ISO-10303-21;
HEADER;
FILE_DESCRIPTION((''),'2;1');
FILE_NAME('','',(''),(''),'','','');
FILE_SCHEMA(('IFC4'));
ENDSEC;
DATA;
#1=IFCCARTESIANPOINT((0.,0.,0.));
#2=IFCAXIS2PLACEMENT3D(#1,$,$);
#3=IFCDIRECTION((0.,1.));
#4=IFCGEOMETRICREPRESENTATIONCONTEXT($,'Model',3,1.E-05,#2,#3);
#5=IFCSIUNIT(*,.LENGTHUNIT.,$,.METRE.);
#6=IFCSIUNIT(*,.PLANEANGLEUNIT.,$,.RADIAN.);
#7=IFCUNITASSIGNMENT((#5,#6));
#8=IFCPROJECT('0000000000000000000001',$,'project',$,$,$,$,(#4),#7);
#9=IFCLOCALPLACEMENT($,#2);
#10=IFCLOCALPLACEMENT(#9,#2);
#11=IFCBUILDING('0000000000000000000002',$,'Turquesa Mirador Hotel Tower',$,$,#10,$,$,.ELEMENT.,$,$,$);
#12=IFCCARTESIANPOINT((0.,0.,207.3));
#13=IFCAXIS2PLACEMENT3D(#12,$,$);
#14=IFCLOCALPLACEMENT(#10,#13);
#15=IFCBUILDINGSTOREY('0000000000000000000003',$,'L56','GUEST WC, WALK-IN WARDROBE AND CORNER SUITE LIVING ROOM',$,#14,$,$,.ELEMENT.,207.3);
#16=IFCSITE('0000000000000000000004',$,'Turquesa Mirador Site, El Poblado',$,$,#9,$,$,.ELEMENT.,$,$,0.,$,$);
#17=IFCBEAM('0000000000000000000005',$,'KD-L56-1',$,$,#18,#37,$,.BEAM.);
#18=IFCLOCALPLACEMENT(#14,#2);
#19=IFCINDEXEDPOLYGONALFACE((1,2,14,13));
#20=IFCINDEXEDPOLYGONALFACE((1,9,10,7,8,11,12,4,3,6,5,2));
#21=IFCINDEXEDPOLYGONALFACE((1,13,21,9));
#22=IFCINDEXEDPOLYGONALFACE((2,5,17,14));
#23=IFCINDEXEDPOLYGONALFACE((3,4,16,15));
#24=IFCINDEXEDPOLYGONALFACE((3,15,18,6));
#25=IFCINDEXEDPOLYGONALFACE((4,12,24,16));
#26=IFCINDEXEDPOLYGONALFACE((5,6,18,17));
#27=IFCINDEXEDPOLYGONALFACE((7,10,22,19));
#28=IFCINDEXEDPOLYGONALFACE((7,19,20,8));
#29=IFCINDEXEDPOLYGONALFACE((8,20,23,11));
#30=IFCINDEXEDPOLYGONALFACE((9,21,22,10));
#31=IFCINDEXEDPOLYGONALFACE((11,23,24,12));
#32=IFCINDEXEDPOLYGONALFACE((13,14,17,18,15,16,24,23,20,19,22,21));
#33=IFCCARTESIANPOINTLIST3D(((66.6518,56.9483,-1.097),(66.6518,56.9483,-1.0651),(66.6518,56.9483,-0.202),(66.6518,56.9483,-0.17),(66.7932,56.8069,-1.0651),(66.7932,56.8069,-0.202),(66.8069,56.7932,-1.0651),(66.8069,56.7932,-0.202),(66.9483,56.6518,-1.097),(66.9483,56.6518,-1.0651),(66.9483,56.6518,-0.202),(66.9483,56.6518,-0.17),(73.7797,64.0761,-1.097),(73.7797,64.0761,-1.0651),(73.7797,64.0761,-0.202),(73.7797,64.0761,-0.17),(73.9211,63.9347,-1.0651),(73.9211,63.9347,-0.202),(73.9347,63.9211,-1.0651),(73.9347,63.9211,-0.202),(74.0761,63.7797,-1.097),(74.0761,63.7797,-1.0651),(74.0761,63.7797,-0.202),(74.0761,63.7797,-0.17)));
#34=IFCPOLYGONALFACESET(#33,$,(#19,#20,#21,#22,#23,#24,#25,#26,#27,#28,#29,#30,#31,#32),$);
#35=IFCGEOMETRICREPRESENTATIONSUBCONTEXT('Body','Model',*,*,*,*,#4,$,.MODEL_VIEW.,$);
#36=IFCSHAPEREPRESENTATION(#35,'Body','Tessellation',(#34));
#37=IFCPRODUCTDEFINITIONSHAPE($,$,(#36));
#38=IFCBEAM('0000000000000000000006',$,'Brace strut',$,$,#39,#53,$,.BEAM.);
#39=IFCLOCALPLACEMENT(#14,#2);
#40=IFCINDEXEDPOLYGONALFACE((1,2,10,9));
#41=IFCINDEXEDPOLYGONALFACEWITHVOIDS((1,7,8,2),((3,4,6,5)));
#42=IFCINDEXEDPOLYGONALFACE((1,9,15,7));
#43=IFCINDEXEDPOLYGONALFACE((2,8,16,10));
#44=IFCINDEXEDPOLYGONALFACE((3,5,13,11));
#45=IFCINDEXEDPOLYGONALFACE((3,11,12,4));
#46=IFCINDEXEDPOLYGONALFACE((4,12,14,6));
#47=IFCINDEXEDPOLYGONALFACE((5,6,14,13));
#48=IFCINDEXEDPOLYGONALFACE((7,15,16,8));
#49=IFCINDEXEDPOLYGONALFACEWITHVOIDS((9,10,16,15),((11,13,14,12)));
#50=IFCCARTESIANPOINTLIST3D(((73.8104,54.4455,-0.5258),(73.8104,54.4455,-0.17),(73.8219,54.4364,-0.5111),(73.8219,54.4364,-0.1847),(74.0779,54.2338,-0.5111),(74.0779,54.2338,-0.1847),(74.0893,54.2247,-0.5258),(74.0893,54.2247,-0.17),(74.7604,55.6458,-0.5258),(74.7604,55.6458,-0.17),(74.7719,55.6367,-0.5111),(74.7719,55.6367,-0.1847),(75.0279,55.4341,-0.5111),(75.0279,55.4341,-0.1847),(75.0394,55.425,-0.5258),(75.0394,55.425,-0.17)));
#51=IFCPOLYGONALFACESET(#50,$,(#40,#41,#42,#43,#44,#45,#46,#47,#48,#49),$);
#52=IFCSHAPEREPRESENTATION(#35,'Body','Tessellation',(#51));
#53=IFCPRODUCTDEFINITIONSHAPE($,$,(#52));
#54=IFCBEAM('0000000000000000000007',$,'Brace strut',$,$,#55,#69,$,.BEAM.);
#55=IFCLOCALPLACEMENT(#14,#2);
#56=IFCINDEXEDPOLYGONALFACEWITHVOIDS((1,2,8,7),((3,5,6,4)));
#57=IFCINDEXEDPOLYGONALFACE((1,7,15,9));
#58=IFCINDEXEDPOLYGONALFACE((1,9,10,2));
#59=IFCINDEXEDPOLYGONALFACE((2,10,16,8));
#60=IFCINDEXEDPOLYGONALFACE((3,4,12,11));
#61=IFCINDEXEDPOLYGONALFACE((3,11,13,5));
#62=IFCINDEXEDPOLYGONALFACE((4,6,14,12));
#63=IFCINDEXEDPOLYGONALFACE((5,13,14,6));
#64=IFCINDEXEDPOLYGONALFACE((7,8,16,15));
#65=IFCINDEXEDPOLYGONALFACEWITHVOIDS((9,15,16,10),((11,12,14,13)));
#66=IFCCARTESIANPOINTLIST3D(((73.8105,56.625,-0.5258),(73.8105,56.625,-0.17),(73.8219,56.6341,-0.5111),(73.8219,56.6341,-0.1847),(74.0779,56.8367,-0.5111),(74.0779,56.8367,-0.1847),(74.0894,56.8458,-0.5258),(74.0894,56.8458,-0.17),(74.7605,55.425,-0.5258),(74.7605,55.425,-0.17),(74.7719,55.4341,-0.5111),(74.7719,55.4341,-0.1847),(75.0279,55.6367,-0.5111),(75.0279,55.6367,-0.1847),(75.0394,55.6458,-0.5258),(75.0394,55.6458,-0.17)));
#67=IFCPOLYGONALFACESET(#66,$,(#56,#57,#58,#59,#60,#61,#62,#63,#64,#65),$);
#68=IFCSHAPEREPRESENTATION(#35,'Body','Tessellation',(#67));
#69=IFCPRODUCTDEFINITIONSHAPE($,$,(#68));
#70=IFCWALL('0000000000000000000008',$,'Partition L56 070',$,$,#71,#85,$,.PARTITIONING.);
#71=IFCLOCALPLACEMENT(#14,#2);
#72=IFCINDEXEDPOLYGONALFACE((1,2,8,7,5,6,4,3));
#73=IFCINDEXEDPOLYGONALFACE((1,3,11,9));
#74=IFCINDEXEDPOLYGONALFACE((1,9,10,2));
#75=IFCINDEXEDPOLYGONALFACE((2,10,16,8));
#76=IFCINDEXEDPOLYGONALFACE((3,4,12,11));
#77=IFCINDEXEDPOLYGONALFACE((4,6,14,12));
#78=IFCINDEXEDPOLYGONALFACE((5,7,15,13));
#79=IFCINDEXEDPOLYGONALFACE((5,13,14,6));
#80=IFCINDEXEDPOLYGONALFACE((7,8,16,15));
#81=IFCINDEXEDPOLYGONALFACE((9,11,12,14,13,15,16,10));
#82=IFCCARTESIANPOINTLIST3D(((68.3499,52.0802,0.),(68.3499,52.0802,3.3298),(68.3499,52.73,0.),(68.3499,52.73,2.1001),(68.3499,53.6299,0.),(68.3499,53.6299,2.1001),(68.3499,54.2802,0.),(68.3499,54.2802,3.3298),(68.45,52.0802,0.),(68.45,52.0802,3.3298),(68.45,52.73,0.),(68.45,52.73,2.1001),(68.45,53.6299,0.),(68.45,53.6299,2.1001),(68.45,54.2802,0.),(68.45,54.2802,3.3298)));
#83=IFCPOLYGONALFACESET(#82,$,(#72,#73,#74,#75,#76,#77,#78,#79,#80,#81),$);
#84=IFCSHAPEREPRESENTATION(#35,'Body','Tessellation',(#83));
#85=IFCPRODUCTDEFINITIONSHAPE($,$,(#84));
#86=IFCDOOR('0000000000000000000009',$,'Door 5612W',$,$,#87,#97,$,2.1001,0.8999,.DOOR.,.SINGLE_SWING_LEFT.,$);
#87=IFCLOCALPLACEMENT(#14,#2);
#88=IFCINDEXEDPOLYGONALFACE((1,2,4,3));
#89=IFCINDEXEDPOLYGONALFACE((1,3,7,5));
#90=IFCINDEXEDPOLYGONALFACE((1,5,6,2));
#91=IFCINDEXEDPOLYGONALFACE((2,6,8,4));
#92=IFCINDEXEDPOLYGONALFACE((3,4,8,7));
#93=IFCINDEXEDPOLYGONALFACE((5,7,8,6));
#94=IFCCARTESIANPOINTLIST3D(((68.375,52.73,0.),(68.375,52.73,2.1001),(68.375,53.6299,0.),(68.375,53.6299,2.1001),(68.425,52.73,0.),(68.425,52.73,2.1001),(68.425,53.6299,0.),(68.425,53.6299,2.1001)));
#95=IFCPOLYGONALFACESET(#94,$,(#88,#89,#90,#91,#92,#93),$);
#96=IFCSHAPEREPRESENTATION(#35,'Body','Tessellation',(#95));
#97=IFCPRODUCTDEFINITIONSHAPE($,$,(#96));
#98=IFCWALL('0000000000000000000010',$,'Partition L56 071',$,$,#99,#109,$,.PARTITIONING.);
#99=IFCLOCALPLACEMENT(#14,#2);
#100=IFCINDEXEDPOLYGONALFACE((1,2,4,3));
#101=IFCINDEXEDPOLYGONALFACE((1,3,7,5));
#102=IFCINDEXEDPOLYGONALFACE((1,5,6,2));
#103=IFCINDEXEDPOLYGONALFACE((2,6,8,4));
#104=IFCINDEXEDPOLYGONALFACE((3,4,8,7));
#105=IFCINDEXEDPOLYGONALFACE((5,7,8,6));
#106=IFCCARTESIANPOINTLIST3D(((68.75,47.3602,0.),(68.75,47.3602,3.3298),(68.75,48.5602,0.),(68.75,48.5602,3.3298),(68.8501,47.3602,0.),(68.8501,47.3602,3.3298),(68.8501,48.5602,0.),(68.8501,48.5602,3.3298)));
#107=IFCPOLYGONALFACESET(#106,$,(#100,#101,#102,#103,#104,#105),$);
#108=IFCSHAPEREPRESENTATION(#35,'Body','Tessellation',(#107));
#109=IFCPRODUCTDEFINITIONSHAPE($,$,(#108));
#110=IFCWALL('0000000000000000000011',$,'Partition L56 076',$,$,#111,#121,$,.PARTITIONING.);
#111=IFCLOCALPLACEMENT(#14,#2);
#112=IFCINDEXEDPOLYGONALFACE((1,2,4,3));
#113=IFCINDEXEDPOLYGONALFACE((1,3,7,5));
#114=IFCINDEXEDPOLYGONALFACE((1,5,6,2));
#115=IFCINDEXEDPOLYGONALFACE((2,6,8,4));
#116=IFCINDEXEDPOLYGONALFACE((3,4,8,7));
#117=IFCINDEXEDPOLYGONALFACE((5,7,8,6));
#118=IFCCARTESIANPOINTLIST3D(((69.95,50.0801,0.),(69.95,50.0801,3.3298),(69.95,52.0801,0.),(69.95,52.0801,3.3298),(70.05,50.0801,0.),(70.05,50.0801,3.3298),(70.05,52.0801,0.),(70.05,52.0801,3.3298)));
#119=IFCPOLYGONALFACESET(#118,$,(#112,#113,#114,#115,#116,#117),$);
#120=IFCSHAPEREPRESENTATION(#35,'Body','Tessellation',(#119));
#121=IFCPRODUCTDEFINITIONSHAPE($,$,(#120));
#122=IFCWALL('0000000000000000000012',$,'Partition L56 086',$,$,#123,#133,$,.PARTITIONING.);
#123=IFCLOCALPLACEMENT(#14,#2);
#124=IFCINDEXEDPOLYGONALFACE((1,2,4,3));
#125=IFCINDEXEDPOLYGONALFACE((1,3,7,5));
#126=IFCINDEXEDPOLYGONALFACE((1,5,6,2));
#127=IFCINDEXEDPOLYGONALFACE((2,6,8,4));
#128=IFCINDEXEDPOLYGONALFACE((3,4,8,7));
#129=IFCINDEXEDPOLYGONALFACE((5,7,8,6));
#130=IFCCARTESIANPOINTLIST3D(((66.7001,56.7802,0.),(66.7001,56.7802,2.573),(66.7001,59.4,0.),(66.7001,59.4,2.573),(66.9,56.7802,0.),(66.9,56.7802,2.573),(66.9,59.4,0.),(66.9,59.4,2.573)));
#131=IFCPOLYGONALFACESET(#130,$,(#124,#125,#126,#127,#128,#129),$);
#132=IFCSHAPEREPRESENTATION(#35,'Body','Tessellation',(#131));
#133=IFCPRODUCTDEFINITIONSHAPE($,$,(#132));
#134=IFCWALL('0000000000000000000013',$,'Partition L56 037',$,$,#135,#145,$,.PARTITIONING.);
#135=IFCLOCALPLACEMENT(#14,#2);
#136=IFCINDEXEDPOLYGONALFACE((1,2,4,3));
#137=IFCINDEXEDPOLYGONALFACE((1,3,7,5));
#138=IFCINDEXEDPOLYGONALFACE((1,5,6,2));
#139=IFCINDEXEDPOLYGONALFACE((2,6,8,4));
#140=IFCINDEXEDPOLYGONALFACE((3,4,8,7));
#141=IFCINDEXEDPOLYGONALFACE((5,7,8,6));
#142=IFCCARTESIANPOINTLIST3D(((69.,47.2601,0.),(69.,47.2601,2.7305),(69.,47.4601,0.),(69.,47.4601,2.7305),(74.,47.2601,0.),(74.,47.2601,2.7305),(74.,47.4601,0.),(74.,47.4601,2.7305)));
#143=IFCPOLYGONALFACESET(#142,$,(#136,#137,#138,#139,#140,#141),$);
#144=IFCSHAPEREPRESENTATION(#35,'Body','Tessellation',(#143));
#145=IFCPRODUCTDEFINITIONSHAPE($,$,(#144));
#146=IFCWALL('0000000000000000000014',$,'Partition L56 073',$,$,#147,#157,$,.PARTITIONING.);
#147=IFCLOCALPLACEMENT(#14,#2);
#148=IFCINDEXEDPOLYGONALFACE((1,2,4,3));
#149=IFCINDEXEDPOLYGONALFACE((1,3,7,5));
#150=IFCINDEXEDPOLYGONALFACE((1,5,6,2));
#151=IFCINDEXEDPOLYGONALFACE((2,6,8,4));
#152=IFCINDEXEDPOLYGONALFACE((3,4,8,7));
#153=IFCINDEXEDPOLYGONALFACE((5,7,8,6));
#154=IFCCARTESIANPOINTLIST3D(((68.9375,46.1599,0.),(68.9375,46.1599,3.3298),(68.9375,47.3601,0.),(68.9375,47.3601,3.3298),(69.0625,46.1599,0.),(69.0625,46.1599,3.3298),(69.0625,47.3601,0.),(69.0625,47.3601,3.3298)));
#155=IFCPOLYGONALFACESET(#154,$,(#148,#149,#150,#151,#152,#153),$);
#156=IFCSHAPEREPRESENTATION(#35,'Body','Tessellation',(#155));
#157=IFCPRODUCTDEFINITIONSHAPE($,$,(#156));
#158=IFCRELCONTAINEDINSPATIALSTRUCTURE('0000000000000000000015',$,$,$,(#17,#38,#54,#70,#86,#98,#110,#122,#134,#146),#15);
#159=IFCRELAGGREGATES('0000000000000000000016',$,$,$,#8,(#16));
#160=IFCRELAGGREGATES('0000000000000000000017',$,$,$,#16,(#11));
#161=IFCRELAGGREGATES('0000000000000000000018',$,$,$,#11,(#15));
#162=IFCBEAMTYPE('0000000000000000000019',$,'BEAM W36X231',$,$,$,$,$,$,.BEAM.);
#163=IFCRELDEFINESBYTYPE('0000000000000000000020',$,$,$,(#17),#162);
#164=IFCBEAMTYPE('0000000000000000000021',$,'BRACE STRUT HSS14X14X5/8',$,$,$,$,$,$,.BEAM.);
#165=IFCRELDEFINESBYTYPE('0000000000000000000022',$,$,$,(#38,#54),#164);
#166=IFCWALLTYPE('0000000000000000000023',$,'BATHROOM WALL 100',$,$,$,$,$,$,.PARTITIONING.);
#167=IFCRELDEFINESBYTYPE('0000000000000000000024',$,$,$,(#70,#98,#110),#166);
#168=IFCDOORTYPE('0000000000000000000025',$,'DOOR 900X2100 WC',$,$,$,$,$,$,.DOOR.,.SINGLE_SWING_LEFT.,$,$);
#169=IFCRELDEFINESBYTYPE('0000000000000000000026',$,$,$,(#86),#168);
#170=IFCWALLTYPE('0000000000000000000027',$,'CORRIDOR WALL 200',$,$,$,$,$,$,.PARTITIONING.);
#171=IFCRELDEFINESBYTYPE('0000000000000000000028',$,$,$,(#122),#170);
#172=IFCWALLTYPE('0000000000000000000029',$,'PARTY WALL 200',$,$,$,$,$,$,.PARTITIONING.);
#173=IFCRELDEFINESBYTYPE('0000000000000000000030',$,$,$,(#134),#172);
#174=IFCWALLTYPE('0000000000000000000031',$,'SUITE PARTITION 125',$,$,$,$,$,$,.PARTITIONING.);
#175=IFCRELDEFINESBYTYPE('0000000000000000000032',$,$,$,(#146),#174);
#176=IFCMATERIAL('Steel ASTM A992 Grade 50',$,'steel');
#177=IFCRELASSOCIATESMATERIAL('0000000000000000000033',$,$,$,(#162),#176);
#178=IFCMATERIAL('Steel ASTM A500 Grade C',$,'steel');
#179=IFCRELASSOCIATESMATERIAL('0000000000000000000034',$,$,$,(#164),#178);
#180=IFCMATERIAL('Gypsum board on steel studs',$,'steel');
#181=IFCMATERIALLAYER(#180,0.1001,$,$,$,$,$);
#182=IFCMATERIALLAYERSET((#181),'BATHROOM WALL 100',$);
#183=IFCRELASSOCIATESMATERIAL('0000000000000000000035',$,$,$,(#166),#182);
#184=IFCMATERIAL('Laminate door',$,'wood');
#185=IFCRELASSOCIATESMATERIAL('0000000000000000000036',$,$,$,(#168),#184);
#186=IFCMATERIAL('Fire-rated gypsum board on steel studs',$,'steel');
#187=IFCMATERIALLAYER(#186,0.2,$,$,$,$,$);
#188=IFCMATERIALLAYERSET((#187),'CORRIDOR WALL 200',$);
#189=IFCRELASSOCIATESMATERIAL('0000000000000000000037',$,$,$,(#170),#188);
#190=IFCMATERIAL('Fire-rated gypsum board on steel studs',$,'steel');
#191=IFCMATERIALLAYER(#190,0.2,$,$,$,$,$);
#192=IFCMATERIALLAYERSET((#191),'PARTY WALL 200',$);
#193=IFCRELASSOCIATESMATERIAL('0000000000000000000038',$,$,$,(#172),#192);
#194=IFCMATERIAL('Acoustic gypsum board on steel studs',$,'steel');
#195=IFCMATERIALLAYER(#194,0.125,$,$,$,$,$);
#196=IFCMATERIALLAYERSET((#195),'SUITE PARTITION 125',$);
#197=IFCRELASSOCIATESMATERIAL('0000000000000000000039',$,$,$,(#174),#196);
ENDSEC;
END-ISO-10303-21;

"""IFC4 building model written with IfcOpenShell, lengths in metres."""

from ifc_helpers import new_model, si_unit, direction, frame, frame_2d, origin, origin_2d, place, context, subcontext, project, spatial, rectangle, hollow_rectangle, i_section, extrude, material, layer, layer_set, material_profile, profile_set, type_object, element, fill, save


model = new_model("IFC4")

# Units and contexts
model_context = context("Model", 3, precision=1e-05, world=origin(), true_north=direction((0.0, 1.0)))
body_context = subcontext(model_context, "Body", "Model", "MODEL_VIEW")
ifc_project = project(units=[si_unit("LENGTHUNIT", "METRE"), si_unit("PLANEANGLEUNIT", "RADIAN")], contexts=[model_context])

# Site, building, storey
site_placement = place(None, origin())
site = spatial("IfcSite", under=ifc_project, at=site_placement, Name="Turquesa Mirador Site, El Poblado", CompositionType="ELEMENT", RefElevation=0.0)
building_placement = place(site_placement, origin())
building = spatial("IfcBuilding", under=site, at=building_placement, Name="Turquesa Mirador Hotel Tower", CompositionType="ELEMENT")
storey_placement = place(building_placement, frame((0.0, 0.0, 207.3)))
storey = spatial("IfcBuildingStorey", under=building, at=storey_placement, Name="L56", Description="GUEST WC, WALK-IN WARDROBE AND CORNER SUITE LIVING ROOM", CompositionType="ELEMENT", Elevation=207.3)

# Beams
ifc_material_1 = material(Name="Steel ASTM A992 Grade 50", Category="steel")
ifc_material_profile_1 = material_profile(ifc_material_1, i_section(OverallWidth=0.4192, OverallDepth=0.927, WebThickness=0.0193, FlangeThickness=0.032, at=origin_2d()), Name="W36X231")
ifc_profile_set_1 = profile_set([ifc_material_profile_1], Name="Steel ASTM A992 Grade 50")
beam_type_1 = type_object("IfcBeamType", Name="BEAM W36X231", PredefinedType="BEAM", material=ifc_profile_set_1)
beam_1_placement = place(storey_placement, frame((66.8, 56.8, -0.6335), z_axis=(0.707107, 0.707107, 0.0), x_axis=(-0.707107, 0.707107, 0.0)))
element("IfcBeam", 1, at=beam_1_placement, inside=storey, type_object=beam_type_1, Name="KD-L56-1", PredefinedType="BEAM", context=body_context, shape_type="SweptSolid", body=[
    extrude(i_section(OverallWidth=0.4192, OverallDepth=0.927, WebThickness=0.0193, FlangeThickness=0.032, at=origin_2d()), origin(), (0.0, 0.0, 1.0), 10.0803),
])
ifc_material_2 = material(Name="Steel ASTM A500 Grade C", Category="steel")
ifc_material_profile_2 = material_profile(ifc_material_2, hollow_rectangle(XDim=0.3557, YDim=0.3557, WallThickness=0.0146, at=origin_2d()), Name="HSS14X14X5/8")
ifc_profile_set_2 = profile_set([ifc_material_profile_2], Name="Steel ASTM A500 Grade C")
beam_type_2 = type_object("IfcBeamType", Name="BRACE STRUT HSS14X14X5/8", PredefinedType="BEAM", material=ifc_profile_set_2)
beam_2_placement = place(storey_placement, frame((74.8999, 55.5354, -0.3479), z_axis=(-0.620621, -0.784111, 0.0), x_axis=(0.784111, -0.620621, 0.0)))
element("IfcBeam", 2, at=beam_2_placement, inside=storey, type_object=beam_type_2, Name="Brace strut", PredefinedType="BEAM", context=body_context, shape_type="SweptSolid", body=[
    extrude(hollow_rectangle(XDim=0.3557, YDim=0.3557, WallThickness=0.0146, at=origin_2d()), origin(), (0.0, 0.0, 1.0), 1.5308),
])
beam_3_placement = place(storey_placement, frame((74.8999, 55.5354, -0.3479), z_axis=(-0.620699, 0.784049, 0.0), x_axis=(-0.784049, -0.620699, 0.0)))
element("IfcBeam", 3, at=beam_3_placement, inside=storey, type_object=beam_type_2, Name="Brace strut", PredefinedType="BEAM", context=body_context, shape_type="SweptSolid", body=[
    extrude(hollow_rectangle(XDim=0.3557, YDim=0.3557, WallThickness=0.0146, at=origin_2d()), origin(), (0.0, 0.0, 1.0), 1.5305),
])

# Wall, opening, door
ifc_material_3 = material(Name="Gypsum board on steel studs", Category="steel")
ifc_layer_1 = layer(ifc_material_3, 0.1001)
ifc_layer_set_1 = layer_set([ifc_layer_1], Name="BATHROOM WALL 100")
wall_type_1 = type_object("IfcWallType", Name="BATHROOM WALL 100", PredefinedType="PARTITIONING", material=ifc_layer_set_1)
wall_1_placement = place(storey_placement, frame((68.3999, 52.0801, 0.0), z_axis=(0.0, 0.0, 1.0), x_axis=(0.0, 1.0, 0.0)))
wall_1 = element("IfcWall", 4, at=wall_1_placement, inside=storey, type_object=wall_type_1, Name="Partition L56 070", PredefinedType="PARTITIONING", context=body_context, shape_type="SweptSolid", body=[
    extrude(rectangle(XDim=2.2, YDim=0.1001, at=frame_2d((1.1001, 0.0))), origin(), (0.0, 0.0, 1.0), 3.3298),
])
opening_placement = place(wall_1_placement, frame((0.6499, 0.0, 0.0)))
opening = element("IfcOpeningElement", 5, at=opening_placement, cuts=wall_1, PredefinedType="OPENING", context=body_context, shape_type="SweptSolid", body=[
    extrude(rectangle(XDim=0.8999, YDim=2.1001, at=frame_2d((0.45, 1.05))), frame((0.0, 0.0601, 0.0), z_axis=(0.0, -1.0, 0.0), x_axis=(1.0, 0.0, 0.0)), (0.0, 0.0, 1.0), 0.1201),
])
ifc_material_4 = material(Name="Laminate door", Category="wood")
door_type = type_object("IfcDoorType", Name="DOOR 900X2100 WC", OperationType="SINGLE_SWING_LEFT", PredefinedType="DOOR", material=ifc_material_4)
door_placement = place(opening_placement, origin())
door = element("IfcDoor", 6, at=door_placement, inside=storey, type_object=door_type, Name="Door 5612W", OperationType="SINGLE_SWING_LEFT", OverallHeight=2.1001, OverallWidth=0.8999, PredefinedType="DOOR", context=body_context, shape_type="SweptSolid", body=[
    extrude(rectangle(XDim=0.8999, YDim=2.1001, at=frame_2d((0.45, 1.05))), frame((0.0, 0.0249, 0.0), z_axis=(0.0, -1.0, 0.0), x_axis=(1.0, 0.0, 0.0)), (0.0, 0.0, 1.0), 0.05),
])
fill(opening, door)

# Walls
wall_2_placement = place(storey_placement, frame((68.8, 47.3601, 0.0), z_axis=(0.0, 0.0, 1.0), x_axis=(0.0, 1.0, 0.0)))
element("IfcWall", 7, at=wall_2_placement, inside=storey, type_object=wall_type_1, Name="Partition L56 071", PredefinedType="PARTITIONING", context=body_context, shape_type="SweptSolid", body=[
    extrude(rectangle(XDim=1.2, YDim=0.1001, at=frame_2d((0.6001, 0.0))), origin(), (0.0, 0.0, 1.0), 3.3298),
])
wall_3_placement = place(storey_placement, frame((70.0, 50.0801, 0.0), z_axis=(0.0, 0.0, 1.0), x_axis=(0.0, 1.0, 0.0)))
element("IfcWall", 8, at=wall_3_placement, inside=storey, type_object=wall_type_1, Name="Partition L56 076", PredefinedType="PARTITIONING", context=body_context, shape_type="SweptSolid", body=[
    extrude(rectangle(XDim=2.0, YDim=0.1001, at=frame_2d((1.0, 0.0))), origin(), (0.0, 0.0, 1.0), 3.3298),
])
ifc_material_5 = material(Name="Fire-rated gypsum board on steel studs", Category="steel")
ifc_layer_2 = layer(ifc_material_5, 0.2)
ifc_layer_set_2 = layer_set([ifc_layer_2], Name="CORRIDOR WALL 200")
wall_type_2 = type_object("IfcWallType", Name="CORRIDOR WALL 200", PredefinedType="PARTITIONING", material=ifc_layer_set_2)
wall_4_placement = place(storey_placement, frame((66.8, 56.78, 0.0), z_axis=(0.0, 0.0, 1.0), x_axis=(0.0, 1.0, 0.0)))
element("IfcWall", 9, at=wall_4_placement, inside=storey, type_object=wall_type_2, Name="Partition L56 086", PredefinedType="PARTITIONING", context=body_context, shape_type="SweptSolid", body=[
    extrude(rectangle(XDim=2.6199, YDim=0.2, at=frame_2d((1.3101, 0.0))), origin(), (0.0, 0.0, 1.0), 2.573),
])
ifc_material_6 = material(Name="Fire-rated gypsum board on steel studs", Category="steel")
ifc_layer_3 = layer(ifc_material_6, 0.2)
ifc_layer_set_3 = layer_set([ifc_layer_3], Name="PARTY WALL 200")
wall_type_3 = type_object("IfcWallType", Name="PARTY WALL 200", PredefinedType="PARTITIONING", material=ifc_layer_set_3)
wall_5_placement = place(storey_placement, frame((69.0, 47.3601, 0.0), z_axis=(0.0, 0.0, 1.0), x_axis=(1.0, 0.0, 0.0)))
element("IfcWall", 10, at=wall_5_placement, inside=storey, type_object=wall_type_3, Name="Partition L56 037", PredefinedType="PARTITIONING", context=body_context, shape_type="SweptSolid", body=[
    extrude(rectangle(XDim=5.0, YDim=0.2, at=frame_2d((2.5, 0.0))), origin(), (0.0, 0.0, 1.0), 2.7305),
])
ifc_material_7 = material(Name="Acoustic gypsum board on steel studs", Category="steel")
ifc_layer_4 = layer(ifc_material_7, 0.125)
ifc_layer_set_4 = layer_set([ifc_layer_4], Name="SUITE PARTITION 125")
wall_type_4 = type_object("IfcWallType", Name="SUITE PARTITION 125", PredefinedType="PARTITIONING", material=ifc_layer_set_4)
wall_6_placement = place(storey_placement, frame((69.0, 46.1599, 0.0), z_axis=(0.0, 0.0, 1.0), x_axis=(0.0, 1.0, 0.0)))
element("IfcWall", 11, at=wall_6_placement, inside=storey, type_object=wall_type_4, Name="Partition L56 073", PredefinedType="PARTITIONING", context=body_context, shape_type="SweptSolid", body=[
    extrude(rectangle(XDim=1.2002, YDim=0.125, at=frame_2d((0.6001, 0.0))), origin(), (0.0, 0.0, 1.0), 3.3298),
])

save(model, "model.ifc")
